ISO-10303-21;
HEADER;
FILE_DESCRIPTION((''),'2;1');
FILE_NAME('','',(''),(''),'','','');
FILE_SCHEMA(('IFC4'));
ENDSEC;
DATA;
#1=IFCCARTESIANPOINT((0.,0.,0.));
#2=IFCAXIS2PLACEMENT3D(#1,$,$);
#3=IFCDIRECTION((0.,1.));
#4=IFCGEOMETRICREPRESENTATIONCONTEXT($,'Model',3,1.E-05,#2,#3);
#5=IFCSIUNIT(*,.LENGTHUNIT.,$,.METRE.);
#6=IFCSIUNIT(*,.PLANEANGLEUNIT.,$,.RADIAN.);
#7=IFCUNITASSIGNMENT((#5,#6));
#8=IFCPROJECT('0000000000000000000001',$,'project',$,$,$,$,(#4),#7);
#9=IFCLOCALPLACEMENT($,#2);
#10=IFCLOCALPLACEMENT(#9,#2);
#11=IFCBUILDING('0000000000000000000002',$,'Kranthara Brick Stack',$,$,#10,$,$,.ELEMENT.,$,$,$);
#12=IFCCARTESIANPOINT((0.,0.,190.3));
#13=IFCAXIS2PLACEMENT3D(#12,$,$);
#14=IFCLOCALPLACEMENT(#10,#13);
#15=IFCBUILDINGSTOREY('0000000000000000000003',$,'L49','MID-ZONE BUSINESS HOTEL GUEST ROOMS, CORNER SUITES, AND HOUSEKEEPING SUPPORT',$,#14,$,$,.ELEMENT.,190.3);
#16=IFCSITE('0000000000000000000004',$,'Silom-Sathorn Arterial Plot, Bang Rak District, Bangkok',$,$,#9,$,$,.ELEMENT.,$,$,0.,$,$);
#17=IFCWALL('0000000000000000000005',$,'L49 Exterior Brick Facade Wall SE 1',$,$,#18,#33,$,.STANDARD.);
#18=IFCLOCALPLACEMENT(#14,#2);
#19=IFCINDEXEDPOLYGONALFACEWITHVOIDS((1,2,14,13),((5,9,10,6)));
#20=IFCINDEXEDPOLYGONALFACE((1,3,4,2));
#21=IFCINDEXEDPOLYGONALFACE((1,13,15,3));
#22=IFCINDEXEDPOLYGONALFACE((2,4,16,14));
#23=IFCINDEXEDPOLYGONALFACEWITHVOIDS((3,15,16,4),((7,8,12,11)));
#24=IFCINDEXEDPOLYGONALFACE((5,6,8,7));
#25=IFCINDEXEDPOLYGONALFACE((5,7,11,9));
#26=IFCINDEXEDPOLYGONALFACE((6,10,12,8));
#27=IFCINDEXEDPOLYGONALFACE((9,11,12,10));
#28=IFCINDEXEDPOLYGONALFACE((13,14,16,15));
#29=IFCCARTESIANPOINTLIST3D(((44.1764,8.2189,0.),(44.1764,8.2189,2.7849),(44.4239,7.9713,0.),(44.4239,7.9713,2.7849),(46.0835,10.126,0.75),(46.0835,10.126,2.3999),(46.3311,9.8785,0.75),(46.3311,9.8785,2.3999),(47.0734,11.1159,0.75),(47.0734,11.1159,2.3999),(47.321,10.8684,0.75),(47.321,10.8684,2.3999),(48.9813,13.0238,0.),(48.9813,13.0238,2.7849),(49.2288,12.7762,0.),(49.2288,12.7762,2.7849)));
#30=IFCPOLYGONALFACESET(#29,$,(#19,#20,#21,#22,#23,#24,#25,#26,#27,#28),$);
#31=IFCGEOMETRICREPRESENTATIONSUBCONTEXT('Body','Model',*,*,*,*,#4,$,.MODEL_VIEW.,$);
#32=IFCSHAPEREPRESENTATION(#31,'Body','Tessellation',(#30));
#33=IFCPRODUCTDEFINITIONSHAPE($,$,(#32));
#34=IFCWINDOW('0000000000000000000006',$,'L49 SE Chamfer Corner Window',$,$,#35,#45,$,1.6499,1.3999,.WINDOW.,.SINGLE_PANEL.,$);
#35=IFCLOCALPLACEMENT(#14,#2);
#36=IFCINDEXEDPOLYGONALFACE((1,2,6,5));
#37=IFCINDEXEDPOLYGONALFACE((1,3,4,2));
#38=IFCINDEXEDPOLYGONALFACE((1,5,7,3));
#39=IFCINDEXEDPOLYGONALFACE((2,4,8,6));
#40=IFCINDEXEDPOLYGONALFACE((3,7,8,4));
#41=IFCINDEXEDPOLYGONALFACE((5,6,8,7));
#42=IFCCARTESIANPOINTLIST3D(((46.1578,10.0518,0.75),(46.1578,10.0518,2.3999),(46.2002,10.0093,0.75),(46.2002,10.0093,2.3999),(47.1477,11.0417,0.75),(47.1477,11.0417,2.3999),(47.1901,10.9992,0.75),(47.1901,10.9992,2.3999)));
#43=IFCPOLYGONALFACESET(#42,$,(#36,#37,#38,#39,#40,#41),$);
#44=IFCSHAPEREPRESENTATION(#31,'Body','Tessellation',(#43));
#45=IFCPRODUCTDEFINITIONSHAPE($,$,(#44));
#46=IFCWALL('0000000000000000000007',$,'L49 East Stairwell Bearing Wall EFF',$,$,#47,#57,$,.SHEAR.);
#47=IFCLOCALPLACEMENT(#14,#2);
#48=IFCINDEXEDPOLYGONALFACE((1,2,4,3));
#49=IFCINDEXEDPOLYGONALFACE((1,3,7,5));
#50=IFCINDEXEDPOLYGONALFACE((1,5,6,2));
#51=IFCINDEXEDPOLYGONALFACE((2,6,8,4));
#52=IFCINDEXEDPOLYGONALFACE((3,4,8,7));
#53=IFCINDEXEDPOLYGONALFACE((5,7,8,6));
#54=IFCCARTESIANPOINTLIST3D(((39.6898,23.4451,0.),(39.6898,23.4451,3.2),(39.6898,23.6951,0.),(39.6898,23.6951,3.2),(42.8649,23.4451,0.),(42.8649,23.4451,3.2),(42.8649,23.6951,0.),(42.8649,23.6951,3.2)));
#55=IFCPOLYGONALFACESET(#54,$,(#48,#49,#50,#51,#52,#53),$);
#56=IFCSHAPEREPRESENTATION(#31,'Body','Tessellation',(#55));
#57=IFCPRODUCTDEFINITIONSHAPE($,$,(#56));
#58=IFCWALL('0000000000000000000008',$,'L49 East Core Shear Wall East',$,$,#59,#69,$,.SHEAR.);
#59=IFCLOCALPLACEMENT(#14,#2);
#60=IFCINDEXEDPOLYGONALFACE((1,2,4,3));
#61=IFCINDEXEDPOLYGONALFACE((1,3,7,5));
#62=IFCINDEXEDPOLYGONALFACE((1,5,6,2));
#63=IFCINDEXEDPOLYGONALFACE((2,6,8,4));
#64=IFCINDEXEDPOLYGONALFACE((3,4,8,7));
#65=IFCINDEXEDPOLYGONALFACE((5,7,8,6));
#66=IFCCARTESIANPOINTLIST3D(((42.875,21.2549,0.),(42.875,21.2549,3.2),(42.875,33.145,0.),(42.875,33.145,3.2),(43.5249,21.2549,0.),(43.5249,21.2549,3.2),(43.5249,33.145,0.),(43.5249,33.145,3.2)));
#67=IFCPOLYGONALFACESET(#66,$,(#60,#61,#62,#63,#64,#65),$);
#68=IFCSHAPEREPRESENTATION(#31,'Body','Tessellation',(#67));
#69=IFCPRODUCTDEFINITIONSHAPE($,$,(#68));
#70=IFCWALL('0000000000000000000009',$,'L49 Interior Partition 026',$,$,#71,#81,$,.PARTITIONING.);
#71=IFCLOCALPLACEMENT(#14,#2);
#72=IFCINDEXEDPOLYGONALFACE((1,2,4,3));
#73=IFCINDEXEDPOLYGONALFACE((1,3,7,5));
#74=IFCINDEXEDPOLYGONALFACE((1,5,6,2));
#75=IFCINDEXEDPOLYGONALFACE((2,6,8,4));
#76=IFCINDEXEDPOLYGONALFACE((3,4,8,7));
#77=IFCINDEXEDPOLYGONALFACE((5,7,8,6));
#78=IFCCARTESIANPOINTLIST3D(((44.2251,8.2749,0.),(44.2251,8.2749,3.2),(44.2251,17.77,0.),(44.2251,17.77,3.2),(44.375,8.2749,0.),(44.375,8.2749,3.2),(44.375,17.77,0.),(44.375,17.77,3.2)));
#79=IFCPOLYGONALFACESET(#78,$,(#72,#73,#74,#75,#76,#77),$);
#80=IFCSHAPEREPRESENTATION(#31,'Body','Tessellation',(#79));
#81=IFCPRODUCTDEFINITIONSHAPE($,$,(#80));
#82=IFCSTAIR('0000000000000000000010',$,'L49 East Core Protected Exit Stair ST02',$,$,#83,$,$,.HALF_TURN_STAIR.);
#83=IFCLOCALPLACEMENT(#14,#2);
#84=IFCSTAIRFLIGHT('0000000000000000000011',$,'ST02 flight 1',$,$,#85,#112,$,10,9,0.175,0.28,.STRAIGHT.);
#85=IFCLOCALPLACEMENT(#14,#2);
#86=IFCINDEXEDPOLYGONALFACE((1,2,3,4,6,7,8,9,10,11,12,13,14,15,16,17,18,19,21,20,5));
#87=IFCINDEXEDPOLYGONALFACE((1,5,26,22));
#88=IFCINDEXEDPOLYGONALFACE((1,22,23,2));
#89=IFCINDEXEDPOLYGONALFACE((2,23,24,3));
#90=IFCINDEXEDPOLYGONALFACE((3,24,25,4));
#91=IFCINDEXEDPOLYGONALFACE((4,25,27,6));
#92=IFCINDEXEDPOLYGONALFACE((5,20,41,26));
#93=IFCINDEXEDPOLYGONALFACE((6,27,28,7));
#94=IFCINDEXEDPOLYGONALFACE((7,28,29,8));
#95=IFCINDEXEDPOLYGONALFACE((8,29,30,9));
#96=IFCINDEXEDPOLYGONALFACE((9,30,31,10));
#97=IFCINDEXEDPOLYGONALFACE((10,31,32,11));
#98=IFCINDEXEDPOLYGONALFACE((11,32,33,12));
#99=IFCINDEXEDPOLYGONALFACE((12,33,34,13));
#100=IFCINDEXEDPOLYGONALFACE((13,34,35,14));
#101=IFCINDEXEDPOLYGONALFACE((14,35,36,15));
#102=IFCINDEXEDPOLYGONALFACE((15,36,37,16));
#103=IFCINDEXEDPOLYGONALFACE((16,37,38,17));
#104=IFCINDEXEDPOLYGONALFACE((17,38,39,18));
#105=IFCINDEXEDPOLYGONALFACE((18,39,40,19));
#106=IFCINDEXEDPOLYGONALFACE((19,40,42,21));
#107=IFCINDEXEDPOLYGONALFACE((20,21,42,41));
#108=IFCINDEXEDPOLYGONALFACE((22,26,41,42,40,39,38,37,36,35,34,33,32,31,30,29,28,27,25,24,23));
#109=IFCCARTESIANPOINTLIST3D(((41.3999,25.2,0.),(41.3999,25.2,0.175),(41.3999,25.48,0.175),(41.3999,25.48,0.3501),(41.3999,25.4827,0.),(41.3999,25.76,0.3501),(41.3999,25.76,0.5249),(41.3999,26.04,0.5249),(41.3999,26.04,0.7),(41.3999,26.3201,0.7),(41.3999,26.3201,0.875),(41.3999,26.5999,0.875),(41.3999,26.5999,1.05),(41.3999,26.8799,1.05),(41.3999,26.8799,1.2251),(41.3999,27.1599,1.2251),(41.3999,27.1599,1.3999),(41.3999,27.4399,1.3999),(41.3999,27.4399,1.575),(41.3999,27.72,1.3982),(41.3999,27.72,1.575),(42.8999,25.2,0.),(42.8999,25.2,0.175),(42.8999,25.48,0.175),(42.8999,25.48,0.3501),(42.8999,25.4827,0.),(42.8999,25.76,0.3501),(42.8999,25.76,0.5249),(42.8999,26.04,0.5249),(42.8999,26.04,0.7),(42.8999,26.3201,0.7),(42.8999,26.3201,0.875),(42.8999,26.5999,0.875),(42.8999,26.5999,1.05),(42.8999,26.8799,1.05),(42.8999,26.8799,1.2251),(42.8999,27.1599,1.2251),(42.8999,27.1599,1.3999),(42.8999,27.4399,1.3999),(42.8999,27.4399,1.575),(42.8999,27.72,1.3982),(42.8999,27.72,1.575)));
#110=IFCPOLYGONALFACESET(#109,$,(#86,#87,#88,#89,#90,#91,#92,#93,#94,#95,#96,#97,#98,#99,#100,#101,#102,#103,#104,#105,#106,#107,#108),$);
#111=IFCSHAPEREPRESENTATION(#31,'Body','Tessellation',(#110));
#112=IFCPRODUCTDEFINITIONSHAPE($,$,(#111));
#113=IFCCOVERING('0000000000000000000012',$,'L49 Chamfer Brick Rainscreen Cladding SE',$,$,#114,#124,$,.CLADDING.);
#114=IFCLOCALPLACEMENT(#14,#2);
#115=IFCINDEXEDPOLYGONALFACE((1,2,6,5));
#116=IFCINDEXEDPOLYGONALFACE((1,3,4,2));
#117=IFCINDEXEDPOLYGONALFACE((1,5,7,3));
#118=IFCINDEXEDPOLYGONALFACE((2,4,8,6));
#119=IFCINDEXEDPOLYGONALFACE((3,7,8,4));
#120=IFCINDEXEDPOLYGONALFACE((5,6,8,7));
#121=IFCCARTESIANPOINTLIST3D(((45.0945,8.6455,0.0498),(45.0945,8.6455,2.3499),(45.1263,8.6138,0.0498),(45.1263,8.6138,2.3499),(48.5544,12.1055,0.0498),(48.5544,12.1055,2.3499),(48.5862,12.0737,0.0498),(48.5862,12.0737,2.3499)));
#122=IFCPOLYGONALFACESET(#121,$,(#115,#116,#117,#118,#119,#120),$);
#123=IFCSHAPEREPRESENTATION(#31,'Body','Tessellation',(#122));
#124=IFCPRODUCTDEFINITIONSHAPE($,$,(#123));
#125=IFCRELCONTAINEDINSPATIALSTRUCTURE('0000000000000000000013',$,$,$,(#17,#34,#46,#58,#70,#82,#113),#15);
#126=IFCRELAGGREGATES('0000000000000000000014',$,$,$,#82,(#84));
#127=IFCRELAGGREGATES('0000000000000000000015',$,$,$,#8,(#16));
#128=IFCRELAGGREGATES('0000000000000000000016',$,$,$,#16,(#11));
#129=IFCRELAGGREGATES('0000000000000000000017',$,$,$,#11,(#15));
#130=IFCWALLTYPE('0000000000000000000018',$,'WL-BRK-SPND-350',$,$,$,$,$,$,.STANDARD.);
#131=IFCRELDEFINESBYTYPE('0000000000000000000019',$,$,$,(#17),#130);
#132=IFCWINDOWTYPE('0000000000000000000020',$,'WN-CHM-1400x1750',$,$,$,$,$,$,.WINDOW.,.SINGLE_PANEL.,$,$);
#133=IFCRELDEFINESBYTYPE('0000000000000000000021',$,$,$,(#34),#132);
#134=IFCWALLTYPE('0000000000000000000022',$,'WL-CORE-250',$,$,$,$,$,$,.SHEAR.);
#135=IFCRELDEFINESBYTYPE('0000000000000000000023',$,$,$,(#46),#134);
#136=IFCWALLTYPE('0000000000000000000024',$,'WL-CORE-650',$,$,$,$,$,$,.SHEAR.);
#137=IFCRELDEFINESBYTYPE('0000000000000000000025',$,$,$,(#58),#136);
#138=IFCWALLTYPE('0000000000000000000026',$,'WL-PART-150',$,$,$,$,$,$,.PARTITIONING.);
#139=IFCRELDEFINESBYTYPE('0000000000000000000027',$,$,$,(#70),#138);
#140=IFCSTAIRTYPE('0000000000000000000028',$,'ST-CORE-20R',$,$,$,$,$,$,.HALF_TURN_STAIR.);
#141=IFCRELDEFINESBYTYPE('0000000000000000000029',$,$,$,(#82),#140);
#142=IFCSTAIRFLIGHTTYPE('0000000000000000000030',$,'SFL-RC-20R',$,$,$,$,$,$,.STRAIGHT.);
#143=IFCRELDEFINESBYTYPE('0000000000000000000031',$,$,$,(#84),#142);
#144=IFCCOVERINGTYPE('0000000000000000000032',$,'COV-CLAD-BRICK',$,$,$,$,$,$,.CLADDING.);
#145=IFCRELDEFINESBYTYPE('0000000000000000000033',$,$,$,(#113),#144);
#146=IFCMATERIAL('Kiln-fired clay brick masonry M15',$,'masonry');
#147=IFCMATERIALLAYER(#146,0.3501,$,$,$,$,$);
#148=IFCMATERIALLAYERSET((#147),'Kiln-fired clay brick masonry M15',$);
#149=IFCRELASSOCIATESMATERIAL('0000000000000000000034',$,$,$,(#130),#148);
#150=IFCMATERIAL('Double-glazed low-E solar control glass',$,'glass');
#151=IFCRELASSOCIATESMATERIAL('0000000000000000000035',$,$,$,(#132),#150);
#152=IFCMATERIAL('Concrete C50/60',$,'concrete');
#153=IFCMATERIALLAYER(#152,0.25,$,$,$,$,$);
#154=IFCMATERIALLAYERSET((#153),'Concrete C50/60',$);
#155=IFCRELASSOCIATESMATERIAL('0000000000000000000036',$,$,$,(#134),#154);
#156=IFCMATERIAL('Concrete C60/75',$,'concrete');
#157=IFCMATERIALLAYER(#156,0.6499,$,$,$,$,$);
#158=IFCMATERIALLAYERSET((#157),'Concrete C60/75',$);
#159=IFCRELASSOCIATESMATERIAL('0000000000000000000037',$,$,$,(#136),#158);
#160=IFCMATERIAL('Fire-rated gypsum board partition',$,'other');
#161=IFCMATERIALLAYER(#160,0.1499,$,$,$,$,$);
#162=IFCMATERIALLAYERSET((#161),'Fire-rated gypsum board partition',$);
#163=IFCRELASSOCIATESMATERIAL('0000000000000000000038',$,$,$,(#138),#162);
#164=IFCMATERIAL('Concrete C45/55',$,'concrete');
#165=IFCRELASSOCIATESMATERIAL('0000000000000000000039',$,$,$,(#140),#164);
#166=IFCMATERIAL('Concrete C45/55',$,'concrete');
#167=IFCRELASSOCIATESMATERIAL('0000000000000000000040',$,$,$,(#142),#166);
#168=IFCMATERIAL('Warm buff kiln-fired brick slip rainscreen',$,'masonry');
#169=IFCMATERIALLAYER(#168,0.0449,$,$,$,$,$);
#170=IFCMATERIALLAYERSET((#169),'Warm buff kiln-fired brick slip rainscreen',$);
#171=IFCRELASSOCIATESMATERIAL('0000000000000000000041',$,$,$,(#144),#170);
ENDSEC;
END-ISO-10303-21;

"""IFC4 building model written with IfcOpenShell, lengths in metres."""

from ifc_helpers import new_model, si_unit, direction, frame, frame_2d, origin, origin_2d, place, context, subcontext, project, spatial, polyline, rectangle, outline, extrude, material, layer, layer_set, type_object, element, fill, aggregate, save


model = new_model("IFC4")

# Units and contexts
model_context = context("Model", 3, precision=1e-05, world=origin(), true_north=direction((0.0, 1.0)))
body_context = subcontext(model_context, "Body", "Model", "MODEL_VIEW")
ifc_project = project(units=[si_unit("LENGTHUNIT", "METRE"), si_unit("PLANEANGLEUNIT", "RADIAN")], contexts=[model_context])

# Site, building, storey
site_placement = place(None, origin())
site = spatial("IfcSite", under=ifc_project, at=site_placement, Name="Silom-Sathorn Arterial Plot, Bang Rak District, Bangkok", CompositionType="ELEMENT", RefElevation=0.0)
building_placement = place(site_placement, origin())
building = spatial("IfcBuilding", under=site, at=building_placement, Name="Kranthara Brick Stack", CompositionType="ELEMENT")
storey_placement = place(building_placement, frame((0.0, 0.0, 190.3)))
storey = spatial("IfcBuildingStorey", under=building, at=storey_placement, Name="L49", Description="MID-ZONE BUSINESS HOTEL GUEST ROOMS, CORNER SUITES, AND HOUSEKEEPING SUPPORT", CompositionType="ELEMENT", Elevation=190.3)

# Shared definitions
ifc_material_1 = material(Name="Kiln-fired clay brick masonry M15", Category="masonry")
ifc_layer_1 = layer(ifc_material_1, 0.3501)
ifc_layer_set_1 = layer_set([ifc_layer_1], Name="Kiln-fired clay brick masonry M15")
wall_type_1 = type_object("IfcWallType", Name="WL-BRK-SPND-350", PredefinedType="STANDARD", material=ifc_layer_set_1)

# Wall, opening, window
wall_1_placement = place(storey_placement, frame((49.105, 12.8999, 0.0), z_axis=(0.0, 0.0, 1.0), x_axis=(-0.707107, -0.707107, 0.0)))
wall_1 = element("IfcWall", 1, at=wall_1_placement, inside=storey, type_object=wall_type_1, Name="L49 Exterior Brick Facade Wall SE 1", PredefinedType="STANDARD", context=body_context, shape_type="SweptSolid", body=[
    extrude(rectangle(XDim=6.7952, YDim=0.3501, at=frame_2d((3.3975, 0.0))), origin(), (0.0, 0.0, 1.0), 2.7849),
])
opening_1_placement = place(wall_1_placement, frame((2.698, 0.0, 0.75)))
opening_1 = element("IfcOpeningElement", 2, at=opening_1_placement, cuts=wall_1, PredefinedType="OPENING", context=body_context, shape_type="SweptSolid", body=[
    extrude(rectangle(XDim=1.3999, YDim=1.6499, at=frame_2d((0.7, 0.825))), frame((0.0, 0.1851, 0.0), z_axis=(0.0, -1.0, 0.0), x_axis=(1.0, 0.0, 0.0)), (0.0, 0.0, 1.0), 0.3701),
])
ifc_material_2 = material(Name="Double-glazed low-E solar control glass", Category="glass")
window_type_1 = type_object("IfcWindowType", Name="WN-CHM-1400x1750", PartitioningType="SINGLE_PANEL", PredefinedType="WINDOW", material=ifc_material_2)
window_1_placement = place(opening_1_placement, origin())
window_1 = element("IfcWindow", 3, at=window_1_placement, inside=storey, type_object=window_type_1, Name="L49 SE Chamfer Corner Window", OverallHeight=1.6499, OverallWidth=1.3999, PartitioningType="SINGLE_PANEL", PredefinedType="WINDOW", context=body_context, shape_type="SweptSolid", body=[
    extrude(rectangle(XDim=1.3999, YDim=1.6499, at=frame_2d((0.7, 0.825))), frame((0.0, -0.01, 0.0), z_axis=(0.0, -1.0, 0.0), x_axis=(1.0, 0.0, 0.0)), (0.0, 0.0, 1.0), 0.0601),
])
fill(opening_1, window_1)

# Walls
ifc_material_3 = material(Name="Concrete C50/60", Category="concrete")
ifc_layer_2 = layer(ifc_material_3, 0.25)
ifc_layer_set_2 = layer_set([ifc_layer_2], Name="Concrete C50/60")
wall_type_2 = type_object("IfcWallType", Name="WL-CORE-250", PredefinedType="SHEAR", material=ifc_layer_set_2)
wall_2_placement = place(storey_placement, frame((39.6899, 23.5701, 0.0), z_axis=(0.0, 0.0, 1.0), x_axis=(1.0, 0.0, 0.0)))
element("IfcWall", 4, at=wall_2_placement, inside=storey, type_object=wall_type_2, Name="L49 East Stairwell Bearing Wall EFF", PredefinedType="SHEAR", context=body_context, shape_type="SweptSolid", body=[
    extrude(rectangle(XDim=3.175, YDim=0.25, at=frame_2d((1.5874, 0.0))), origin(), (0.0, 0.0, 1.0), 3.2),
])
ifc_material_4 = material(Name="Concrete C60/75", Category="concrete")
ifc_layer_3 = layer(ifc_material_4, 0.6499)
ifc_layer_set_3 = layer_set([ifc_layer_3], Name="Concrete C60/75")
wall_type_3 = type_object("IfcWallType", Name="WL-CORE-650", PredefinedType="SHEAR", material=ifc_layer_set_3)
wall_3_placement = place(storey_placement, frame((43.2, 21.2549, 0.0), z_axis=(0.0, 0.0, 1.0), x_axis=(0.0, 1.0, 0.0)))
element("IfcWall", 5, at=wall_3_placement, inside=storey, type_object=wall_type_3, Name="L49 East Core Shear Wall East", PredefinedType="SHEAR", context=body_context, shape_type="SweptSolid", body=[
    extrude(rectangle(XDim=11.8901, YDim=0.6499, at=frame_2d((5.9451, 0.0))), origin(), (0.0, 0.0, 1.0), 3.2),
])
ifc_material_5 = material(Name="Fire-rated gypsum board partition", Category="other")
ifc_layer_4 = layer(ifc_material_5, 0.1499)
ifc_layer_set_4 = layer_set([ifc_layer_4], Name="Fire-rated gypsum board partition")
wall_type_4 = type_object("IfcWallType", Name="WL-PART-150", PredefinedType="PARTITIONING", material=ifc_layer_set_4)
wall_4_placement = place(storey_placement, frame((44.3, 8.2749, 0.0), z_axis=(0.0, 0.0, 1.0), x_axis=(0.0, 1.0, 0.0)))
element("IfcWall", 6, at=wall_4_placement, inside=storey, type_object=wall_type_4, Name="L49 Interior Partition 026", PredefinedType="PARTITIONING", context=body_context, shape_type="SweptSolid", body=[
    extrude(rectangle(XDim=9.4951, YDim=0.1499, at=frame_2d((4.7476, 0.0))), origin(), (0.0, 0.0, 1.0), 3.2),
])

# Stair, stair flight
ifc_material_6 = material(Name="Concrete C45/55", Category="concrete")
stair_type = type_object("IfcStairType", Name="ST-CORE-20R", PredefinedType="HALF_TURN_STAIR", material=ifc_material_6)
stair_placement = place(storey_placement, origin())
stair = element("IfcStair", 7, at=stair_placement, inside=storey, type_object=stair_type, Name="L49 East Core Protected Exit Stair ST02", PredefinedType="HALF_TURN_STAIR")
ifc_material_7 = material(Name="Concrete C45/55", Category="concrete")
stair_flight_type = type_object("IfcStairFlightType", Name="SFL-RC-20R", PredefinedType="STRAIGHT", material=ifc_material_7)
stair_flight_placement = place(storey_placement, frame((42.1499, 25.2, 0.0), z_axis=(0.0, 0.0, 1.0), x_axis=(0.0, 1.0, 0.0)))
stair_flight = element("IfcStairFlight", 8, at=stair_flight_placement, type_object=stair_flight_type, Name="ST02 flight 1", NumberOfRisers=10, NumberOfTreads=9, PredefinedType="STRAIGHT", RiserHeight=0.175, TreadLength=0.28, context=body_context, shape_type="SweptSolid", body=[
    extrude(outline(polyline([(0.0, 0.0), (0.0, 0.175), (0.28, 0.175), (0.28, 0.3501), (0.5601, 0.3501), (0.5601, 0.5249), (0.8401, 0.5249), (0.8401, 0.7), (1.1201, 0.7), (1.1201, 0.875), (1.3999, 0.875), (1.3999, 1.05), (1.6799, 1.05), (1.6799, 1.2251), (1.96, 1.2251), (1.96, 1.3999), (2.24, 1.3999), (2.24, 1.575), (2.52, 1.575), (2.52, 1.75), (2.52, 1.3982), (0.2827, 0.0), (0.0, 0.0)])), frame((0.0, 0.75, 0.0), z_axis=(0.0, -1.0, 0.0), x_axis=(1.0, 0.0, 0.0)), (0.0, 0.0, 1.0), 1.5),
])
aggregate(stair, [stair_flight])

# Covering
ifc_material_8 = material(Name="Warm buff kiln-fired brick slip rainscreen", Category="masonry")
ifc_layer_5 = layer(ifc_material_8, 0.0449)
ifc_layer_set_5 = layer_set([ifc_layer_5], Name="Warm buff kiln-fired brick slip rainscreen")
covering_type = type_object("IfcCoveringType", Name="COV-CLAD-BRICK", PredefinedType="CLADDING", material=ifc_layer_set_5)
covering_placement = place(storey_placement, frame((46.8403, 10.3596, 0.0498), z_axis=(0.0, 0.0, 1.0), x_axis=(-0.707107, -0.707107, 0.0)))
element("IfcCovering", 9, at=covering_placement, inside=storey, type_object=covering_type, Name="L49 Chamfer Brick Rainscreen Cladding SE", PredefinedType="CLADDING", context=body_context, shape_type="SweptSolid", body=[
    extrude(rectangle(XDim=4.8931, YDim=0.0449, at=origin_2d()), origin(), (0.0, 0.0, 1.0), 2.3),
])

save(model, "model.ifc")
